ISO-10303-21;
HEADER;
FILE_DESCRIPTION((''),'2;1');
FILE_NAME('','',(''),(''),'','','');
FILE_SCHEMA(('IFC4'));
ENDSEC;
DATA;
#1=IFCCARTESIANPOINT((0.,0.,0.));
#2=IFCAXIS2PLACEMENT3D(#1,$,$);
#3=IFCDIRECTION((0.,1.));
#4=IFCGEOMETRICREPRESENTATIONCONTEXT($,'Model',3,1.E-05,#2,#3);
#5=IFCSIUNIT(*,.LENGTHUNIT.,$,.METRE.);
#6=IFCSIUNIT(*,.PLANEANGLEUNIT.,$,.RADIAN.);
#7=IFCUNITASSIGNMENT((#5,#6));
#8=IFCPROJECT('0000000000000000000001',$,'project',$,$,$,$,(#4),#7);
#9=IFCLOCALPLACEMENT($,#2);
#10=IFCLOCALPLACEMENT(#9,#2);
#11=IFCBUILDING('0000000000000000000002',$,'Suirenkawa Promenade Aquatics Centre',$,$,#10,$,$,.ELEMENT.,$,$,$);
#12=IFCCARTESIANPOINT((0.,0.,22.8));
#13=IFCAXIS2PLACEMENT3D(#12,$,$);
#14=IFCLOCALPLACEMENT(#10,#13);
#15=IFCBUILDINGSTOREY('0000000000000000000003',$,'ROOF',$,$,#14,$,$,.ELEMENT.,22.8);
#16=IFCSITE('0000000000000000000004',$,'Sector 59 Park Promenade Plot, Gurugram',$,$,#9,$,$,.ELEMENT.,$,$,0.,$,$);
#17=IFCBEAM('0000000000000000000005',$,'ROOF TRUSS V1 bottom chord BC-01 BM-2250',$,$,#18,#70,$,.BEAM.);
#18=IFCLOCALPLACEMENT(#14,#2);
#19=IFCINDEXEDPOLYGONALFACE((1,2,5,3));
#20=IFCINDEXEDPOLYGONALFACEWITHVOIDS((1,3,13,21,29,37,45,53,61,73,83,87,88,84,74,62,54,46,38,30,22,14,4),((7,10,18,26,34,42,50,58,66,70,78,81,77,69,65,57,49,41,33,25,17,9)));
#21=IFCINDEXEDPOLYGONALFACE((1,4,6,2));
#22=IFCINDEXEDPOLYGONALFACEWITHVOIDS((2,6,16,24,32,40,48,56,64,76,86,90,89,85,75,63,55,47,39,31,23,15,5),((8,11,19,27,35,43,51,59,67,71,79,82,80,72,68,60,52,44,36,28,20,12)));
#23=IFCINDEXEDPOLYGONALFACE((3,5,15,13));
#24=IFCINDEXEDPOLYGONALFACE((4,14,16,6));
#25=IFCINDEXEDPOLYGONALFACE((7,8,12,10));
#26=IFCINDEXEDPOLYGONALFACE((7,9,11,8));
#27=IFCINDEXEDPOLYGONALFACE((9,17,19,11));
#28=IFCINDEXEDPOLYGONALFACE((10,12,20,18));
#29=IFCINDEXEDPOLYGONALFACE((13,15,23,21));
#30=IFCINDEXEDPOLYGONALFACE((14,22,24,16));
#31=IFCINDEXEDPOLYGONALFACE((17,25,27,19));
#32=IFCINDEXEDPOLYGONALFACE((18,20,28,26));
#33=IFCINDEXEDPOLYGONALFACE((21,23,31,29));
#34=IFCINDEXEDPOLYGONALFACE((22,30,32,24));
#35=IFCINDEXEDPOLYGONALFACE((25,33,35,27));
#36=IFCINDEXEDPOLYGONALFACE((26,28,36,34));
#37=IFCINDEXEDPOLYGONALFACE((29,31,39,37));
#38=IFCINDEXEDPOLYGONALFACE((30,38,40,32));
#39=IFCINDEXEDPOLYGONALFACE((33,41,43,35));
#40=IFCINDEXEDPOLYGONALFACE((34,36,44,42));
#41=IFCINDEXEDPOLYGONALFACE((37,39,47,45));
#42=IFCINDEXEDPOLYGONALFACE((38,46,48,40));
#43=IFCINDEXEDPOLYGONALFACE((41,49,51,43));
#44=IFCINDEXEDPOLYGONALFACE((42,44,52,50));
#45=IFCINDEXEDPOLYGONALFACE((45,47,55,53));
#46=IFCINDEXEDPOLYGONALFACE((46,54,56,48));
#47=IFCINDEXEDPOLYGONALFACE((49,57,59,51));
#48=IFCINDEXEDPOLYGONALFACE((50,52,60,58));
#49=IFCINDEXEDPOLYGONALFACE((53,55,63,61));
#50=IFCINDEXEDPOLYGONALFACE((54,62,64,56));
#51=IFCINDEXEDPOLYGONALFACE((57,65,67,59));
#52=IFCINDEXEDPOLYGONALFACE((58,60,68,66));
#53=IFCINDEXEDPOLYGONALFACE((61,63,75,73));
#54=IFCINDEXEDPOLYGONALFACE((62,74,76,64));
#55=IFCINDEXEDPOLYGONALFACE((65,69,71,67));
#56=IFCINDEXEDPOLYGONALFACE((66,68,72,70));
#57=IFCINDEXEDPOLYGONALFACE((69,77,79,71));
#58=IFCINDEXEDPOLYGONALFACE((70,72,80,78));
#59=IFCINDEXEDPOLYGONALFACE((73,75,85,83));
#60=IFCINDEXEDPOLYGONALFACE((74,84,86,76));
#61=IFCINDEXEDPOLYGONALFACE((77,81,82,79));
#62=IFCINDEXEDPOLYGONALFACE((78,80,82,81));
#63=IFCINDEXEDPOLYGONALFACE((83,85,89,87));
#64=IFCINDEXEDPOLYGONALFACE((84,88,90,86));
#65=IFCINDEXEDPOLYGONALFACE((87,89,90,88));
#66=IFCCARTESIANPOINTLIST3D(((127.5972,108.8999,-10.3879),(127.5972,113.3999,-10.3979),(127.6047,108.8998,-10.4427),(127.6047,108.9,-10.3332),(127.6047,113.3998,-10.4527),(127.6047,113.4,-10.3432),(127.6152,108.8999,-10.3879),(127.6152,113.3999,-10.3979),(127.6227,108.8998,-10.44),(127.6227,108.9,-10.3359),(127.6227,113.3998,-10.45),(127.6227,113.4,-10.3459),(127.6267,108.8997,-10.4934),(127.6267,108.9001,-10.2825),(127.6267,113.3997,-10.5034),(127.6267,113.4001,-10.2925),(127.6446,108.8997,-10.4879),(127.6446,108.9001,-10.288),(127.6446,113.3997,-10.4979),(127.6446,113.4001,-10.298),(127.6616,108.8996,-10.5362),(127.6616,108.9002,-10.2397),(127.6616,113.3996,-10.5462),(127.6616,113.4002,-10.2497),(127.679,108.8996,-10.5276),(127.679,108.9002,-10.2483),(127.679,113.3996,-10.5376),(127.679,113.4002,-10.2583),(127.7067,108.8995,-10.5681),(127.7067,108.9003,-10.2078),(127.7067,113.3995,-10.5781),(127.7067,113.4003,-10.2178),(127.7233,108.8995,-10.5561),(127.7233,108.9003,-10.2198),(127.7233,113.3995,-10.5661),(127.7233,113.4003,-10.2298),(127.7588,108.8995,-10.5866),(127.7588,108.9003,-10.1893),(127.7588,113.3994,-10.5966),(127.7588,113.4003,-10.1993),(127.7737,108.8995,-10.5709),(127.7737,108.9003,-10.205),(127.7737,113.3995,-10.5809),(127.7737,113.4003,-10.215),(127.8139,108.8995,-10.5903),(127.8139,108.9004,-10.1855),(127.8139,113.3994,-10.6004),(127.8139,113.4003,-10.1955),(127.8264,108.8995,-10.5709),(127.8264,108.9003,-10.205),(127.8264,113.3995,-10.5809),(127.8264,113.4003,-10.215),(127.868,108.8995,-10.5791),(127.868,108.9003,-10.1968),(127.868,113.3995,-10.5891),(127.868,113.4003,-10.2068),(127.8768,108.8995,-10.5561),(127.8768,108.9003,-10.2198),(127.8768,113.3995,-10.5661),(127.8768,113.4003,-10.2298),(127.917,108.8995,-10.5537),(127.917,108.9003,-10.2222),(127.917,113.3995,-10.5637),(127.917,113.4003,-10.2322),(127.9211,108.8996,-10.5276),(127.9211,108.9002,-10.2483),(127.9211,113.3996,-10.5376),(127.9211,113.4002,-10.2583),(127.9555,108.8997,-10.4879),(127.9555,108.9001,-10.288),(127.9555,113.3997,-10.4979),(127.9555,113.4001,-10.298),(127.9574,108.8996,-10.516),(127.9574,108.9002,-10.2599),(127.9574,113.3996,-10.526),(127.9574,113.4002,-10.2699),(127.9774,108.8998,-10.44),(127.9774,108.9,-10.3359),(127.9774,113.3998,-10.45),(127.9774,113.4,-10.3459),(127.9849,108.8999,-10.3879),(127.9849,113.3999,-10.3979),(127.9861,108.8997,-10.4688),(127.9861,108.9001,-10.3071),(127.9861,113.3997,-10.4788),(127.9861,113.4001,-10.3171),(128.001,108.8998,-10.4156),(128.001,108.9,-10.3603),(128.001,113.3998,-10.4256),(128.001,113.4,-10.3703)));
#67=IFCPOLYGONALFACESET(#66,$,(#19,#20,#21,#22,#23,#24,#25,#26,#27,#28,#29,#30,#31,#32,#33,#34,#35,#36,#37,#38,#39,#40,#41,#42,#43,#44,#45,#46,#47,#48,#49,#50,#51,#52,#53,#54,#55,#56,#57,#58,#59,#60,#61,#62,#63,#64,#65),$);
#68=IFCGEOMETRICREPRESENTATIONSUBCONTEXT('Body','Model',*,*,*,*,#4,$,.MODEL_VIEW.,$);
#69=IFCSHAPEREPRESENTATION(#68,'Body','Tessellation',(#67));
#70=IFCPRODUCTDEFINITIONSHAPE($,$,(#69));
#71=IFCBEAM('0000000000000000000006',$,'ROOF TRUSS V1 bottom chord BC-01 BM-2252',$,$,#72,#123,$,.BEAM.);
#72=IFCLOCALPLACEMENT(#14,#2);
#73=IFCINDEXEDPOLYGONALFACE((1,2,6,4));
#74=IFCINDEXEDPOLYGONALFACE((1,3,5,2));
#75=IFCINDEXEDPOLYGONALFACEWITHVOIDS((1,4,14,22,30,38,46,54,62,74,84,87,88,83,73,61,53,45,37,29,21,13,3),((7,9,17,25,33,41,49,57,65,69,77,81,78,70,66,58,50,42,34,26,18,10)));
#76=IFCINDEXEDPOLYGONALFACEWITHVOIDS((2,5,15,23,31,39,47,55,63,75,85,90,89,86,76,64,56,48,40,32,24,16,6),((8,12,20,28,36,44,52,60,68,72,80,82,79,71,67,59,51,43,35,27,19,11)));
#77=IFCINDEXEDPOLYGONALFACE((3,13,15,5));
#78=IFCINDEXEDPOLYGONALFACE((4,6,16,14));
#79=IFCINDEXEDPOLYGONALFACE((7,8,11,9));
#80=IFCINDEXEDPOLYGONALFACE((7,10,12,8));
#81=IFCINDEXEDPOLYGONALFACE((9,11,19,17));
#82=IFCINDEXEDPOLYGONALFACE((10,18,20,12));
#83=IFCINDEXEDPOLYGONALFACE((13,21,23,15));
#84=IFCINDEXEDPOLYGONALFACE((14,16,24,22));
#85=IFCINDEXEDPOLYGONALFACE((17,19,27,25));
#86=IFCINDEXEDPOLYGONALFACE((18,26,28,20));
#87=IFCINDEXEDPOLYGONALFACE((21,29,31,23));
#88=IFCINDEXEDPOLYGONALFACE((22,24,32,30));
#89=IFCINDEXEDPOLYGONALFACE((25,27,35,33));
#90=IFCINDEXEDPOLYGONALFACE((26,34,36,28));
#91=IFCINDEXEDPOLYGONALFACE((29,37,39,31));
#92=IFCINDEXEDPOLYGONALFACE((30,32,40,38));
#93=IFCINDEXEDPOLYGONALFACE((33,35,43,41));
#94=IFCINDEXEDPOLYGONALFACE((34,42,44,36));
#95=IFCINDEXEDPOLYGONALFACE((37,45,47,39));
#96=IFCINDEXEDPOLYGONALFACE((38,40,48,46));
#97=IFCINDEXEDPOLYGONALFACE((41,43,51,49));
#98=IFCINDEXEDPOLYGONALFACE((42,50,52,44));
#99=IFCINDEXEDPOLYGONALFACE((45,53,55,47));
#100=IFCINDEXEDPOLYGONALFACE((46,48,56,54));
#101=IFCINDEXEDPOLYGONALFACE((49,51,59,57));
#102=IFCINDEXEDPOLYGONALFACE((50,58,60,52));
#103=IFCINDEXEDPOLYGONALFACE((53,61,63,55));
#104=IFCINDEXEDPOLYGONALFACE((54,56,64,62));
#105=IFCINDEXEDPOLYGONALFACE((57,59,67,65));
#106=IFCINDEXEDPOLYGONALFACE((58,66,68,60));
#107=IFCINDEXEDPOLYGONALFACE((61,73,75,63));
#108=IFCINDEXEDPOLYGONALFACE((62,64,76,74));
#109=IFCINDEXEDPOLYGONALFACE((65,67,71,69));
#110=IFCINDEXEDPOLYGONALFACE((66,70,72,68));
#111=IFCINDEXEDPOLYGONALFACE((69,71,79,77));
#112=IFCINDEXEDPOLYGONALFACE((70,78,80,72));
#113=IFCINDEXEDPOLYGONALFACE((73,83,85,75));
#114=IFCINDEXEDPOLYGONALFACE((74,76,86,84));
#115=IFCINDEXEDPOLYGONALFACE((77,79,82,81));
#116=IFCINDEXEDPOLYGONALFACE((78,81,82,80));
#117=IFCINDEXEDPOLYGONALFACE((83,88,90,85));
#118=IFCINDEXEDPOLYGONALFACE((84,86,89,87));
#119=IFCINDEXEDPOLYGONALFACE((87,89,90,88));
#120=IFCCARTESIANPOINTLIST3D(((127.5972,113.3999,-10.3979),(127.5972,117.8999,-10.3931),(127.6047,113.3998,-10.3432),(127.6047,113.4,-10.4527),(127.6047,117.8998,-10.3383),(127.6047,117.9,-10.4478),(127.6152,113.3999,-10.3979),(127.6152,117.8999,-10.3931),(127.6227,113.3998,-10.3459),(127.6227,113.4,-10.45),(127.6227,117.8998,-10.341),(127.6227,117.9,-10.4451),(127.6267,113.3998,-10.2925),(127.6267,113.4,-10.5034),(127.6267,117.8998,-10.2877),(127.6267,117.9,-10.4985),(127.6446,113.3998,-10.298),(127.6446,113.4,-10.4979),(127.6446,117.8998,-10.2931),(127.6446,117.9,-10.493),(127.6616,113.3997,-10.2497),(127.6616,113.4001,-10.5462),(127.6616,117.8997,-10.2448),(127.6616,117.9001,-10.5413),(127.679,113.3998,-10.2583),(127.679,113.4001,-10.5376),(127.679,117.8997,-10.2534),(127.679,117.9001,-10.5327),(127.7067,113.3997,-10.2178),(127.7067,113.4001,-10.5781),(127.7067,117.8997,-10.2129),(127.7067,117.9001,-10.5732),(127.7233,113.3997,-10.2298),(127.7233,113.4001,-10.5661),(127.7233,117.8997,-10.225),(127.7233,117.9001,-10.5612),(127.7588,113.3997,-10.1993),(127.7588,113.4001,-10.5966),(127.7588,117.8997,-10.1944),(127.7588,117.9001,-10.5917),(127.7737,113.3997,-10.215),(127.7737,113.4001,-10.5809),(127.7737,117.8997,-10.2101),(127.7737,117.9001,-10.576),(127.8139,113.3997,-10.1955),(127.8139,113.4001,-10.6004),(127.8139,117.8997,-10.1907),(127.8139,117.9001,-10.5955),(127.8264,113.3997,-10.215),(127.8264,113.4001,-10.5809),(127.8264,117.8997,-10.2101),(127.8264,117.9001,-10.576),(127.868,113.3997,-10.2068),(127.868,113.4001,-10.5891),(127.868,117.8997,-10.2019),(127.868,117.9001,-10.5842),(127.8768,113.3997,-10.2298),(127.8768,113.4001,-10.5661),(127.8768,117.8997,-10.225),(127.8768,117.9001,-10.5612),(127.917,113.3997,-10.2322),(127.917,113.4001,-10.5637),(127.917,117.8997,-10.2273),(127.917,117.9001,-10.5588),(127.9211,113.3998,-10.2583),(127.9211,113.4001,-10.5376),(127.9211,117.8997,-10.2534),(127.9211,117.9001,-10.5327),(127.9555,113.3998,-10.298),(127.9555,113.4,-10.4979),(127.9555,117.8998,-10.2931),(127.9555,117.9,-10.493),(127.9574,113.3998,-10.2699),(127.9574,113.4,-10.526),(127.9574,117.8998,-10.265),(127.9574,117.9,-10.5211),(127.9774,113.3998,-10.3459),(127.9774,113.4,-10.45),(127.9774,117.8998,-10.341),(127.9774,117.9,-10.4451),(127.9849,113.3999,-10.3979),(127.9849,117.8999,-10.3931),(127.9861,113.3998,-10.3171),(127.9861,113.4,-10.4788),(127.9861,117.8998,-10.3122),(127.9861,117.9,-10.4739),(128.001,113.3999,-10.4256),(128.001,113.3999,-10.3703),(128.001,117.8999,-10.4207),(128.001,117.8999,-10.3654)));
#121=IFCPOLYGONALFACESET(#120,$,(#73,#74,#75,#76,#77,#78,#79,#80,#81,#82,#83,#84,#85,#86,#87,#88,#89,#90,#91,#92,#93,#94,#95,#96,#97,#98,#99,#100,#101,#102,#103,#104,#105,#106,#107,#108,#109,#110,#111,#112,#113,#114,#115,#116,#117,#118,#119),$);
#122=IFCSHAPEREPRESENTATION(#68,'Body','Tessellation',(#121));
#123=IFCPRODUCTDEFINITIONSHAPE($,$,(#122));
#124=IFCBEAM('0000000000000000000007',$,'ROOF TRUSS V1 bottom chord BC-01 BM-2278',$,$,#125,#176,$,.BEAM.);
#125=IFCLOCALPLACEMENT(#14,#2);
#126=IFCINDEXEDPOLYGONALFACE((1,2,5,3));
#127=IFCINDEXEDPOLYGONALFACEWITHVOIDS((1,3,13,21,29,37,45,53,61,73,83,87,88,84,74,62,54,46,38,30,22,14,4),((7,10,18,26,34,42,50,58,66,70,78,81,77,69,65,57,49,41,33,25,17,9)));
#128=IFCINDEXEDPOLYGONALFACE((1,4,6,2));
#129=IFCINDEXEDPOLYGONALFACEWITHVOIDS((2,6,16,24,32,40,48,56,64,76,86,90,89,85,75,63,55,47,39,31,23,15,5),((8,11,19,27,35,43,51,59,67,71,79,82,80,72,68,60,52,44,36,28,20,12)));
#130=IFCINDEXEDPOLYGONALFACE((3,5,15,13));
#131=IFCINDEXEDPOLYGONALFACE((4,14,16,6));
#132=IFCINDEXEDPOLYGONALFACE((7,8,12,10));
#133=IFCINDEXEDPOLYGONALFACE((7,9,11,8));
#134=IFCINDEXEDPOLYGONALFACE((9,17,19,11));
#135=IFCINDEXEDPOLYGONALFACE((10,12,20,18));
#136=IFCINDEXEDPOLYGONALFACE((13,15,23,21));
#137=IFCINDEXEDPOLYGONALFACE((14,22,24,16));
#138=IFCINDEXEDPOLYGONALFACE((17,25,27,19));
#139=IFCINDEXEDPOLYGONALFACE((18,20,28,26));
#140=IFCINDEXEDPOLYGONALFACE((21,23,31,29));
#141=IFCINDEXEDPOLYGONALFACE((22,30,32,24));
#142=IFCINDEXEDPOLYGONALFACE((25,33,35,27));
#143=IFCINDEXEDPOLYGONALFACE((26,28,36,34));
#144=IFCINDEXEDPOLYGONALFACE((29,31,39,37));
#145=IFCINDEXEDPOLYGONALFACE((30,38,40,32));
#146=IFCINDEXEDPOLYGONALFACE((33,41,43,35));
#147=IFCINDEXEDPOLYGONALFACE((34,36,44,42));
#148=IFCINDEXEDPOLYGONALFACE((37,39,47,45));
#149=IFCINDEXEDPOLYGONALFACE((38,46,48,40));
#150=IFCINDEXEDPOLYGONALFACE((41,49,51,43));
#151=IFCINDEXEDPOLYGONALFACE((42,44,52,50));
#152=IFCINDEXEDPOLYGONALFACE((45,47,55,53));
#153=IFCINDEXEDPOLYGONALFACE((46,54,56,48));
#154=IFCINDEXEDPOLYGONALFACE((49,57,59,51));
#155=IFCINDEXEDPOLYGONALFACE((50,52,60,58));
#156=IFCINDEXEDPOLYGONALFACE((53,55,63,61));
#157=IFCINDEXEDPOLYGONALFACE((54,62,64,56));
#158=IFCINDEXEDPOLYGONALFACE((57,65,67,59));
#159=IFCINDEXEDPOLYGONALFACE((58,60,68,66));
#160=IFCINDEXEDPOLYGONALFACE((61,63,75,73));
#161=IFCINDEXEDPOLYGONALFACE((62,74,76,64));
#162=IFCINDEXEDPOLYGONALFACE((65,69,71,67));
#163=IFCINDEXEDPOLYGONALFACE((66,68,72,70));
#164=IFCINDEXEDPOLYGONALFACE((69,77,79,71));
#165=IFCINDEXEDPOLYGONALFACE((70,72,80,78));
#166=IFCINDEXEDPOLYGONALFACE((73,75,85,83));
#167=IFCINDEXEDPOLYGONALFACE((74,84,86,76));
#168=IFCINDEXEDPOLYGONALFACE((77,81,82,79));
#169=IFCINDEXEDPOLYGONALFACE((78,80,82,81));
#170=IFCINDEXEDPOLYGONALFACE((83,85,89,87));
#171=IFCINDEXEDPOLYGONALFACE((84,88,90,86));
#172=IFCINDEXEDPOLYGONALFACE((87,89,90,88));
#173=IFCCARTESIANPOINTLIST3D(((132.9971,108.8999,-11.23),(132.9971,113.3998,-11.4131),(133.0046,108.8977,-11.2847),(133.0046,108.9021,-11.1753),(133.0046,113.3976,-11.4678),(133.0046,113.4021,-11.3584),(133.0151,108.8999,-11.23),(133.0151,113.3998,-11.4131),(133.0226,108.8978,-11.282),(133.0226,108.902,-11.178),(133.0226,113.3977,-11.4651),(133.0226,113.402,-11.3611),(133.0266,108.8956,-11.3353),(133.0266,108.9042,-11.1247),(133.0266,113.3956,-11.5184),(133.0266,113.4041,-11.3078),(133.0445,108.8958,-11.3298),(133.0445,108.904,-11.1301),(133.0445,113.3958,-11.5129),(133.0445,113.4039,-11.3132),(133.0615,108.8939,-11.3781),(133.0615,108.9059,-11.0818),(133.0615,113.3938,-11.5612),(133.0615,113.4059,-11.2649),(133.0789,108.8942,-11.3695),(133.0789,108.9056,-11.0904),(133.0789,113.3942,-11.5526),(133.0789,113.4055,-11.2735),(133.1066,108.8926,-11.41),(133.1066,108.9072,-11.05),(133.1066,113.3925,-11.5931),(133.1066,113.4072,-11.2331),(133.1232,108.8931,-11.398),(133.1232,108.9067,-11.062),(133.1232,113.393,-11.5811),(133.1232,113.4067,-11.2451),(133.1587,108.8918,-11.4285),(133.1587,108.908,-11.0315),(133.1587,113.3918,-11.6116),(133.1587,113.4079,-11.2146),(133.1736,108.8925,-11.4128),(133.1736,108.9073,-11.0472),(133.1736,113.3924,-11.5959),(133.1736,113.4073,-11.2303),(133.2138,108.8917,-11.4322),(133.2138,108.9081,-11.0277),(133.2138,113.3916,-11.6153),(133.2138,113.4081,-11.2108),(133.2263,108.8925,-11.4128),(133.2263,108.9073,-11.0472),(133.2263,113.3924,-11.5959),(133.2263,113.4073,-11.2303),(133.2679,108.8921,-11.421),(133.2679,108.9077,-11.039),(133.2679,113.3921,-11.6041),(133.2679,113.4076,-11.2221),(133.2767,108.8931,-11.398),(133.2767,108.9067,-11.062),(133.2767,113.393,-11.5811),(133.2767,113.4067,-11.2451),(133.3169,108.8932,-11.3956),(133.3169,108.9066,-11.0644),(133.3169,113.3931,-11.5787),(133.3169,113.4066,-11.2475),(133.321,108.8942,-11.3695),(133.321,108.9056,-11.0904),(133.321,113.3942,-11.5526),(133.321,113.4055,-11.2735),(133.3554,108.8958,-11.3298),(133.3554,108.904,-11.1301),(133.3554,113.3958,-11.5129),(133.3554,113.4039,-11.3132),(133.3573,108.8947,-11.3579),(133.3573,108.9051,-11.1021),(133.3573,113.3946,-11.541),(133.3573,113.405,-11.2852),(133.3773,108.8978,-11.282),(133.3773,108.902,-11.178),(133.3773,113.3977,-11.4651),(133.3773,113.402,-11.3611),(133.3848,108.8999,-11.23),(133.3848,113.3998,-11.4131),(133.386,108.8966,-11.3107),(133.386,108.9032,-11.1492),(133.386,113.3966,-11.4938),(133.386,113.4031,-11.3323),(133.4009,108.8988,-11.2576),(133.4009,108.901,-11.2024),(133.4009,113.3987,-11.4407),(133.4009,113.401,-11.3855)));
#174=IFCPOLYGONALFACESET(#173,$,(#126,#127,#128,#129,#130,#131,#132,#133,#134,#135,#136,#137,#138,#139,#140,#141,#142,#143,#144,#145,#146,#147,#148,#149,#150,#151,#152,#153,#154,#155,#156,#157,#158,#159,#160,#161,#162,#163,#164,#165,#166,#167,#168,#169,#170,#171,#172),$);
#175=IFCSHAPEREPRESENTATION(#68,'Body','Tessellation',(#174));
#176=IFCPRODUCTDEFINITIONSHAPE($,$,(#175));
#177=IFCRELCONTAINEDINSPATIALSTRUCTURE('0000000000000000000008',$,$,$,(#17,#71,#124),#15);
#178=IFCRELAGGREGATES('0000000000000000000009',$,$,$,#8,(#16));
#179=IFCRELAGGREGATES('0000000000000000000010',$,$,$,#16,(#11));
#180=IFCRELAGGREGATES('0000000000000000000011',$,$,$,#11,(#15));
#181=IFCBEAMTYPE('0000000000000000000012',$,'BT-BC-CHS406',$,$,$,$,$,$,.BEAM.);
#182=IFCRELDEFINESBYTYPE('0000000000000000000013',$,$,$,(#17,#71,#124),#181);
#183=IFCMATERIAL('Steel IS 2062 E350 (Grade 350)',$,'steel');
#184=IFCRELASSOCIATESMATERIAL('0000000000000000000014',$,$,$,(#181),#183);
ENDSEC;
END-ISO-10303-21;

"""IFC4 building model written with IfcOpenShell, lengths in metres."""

from ifc_helpers import new_model, si_unit, direction, frame, origin, origin_2d, place, context, subcontext, project, spatial, hollow_circle, extrude, material, material_profile, profile_set, type_object, element, save


model = new_model("IFC4")

# Units and contexts
model_context = context("Model", 3, precision=1e-05, world=origin(), true_north=direction((0.0, 1.0)))
body_context = subcontext(model_context, "Body", "Model", "MODEL_VIEW")
ifc_project = project(units=[si_unit("LENGTHUNIT", "METRE"), si_unit("PLANEANGLEUNIT", "RADIAN")], contexts=[model_context])

# Site, building, storey
site_placement = place(None, origin())
site = spatial("IfcSite", under=ifc_project, at=site_placement, Name="Sector 59 Park Promenade Plot, Gurugram", CompositionType="ELEMENT", RefElevation=0.0)
building_placement = place(site_placement, origin())
building = spatial("IfcBuilding", under=site, at=building_placement, Name="Suirenkawa Promenade Aquatics Centre", CompositionType="ELEMENT")
storey_placement = place(building_placement, frame((0.0, 0.0, 22.8)))
storey = spatial("IfcBuildingStorey", under=building, at=storey_placement, Name="ROOF", CompositionType="ELEMENT", Elevation=22.8)

# Beams
ifc_material = material(Name="Steel IS 2062 E350 (Grade 350)", Category="steel")
ifc_material_profile_1 = material_profile(ifc_material, hollow_circle(Radius=0.2029, WallThickness=0.0181, at=origin_2d()), Name="CHS 406x18", Category="steel")
ifc_profile_set_1 = profile_set([ifc_material_profile_1], Name="Steel IS 2062 E350 (Grade 350)")
beam_type_1 = type_object("IfcBeamType", Name="BT-BC-CHS406", PredefinedType="BEAM", material=ifc_profile_set_1)
for number, where, z_axis, x_axis, name in (
    (1, (127.8, 108.8999, -10.3879), (0.0, 0.999998, -0.002224), (-1.0, 0.0, 0.0), "ROOF TRUSS V1 bottom chord BC-01 BM-2250"),
    (2, (127.8, 113.3999, -10.3979), (0.0, 0.999999, 0.001085), (-1.0, 0.0, 0.0), "ROOF TRUSS V1 bottom chord BC-01 BM-2252"),
):
    element("IfcBeam", number, at=place(storey_placement, frame(where, z_axis=z_axis, x_axis=x_axis)), inside=storey, type_object=beam_type_1, Name=name, PredefinedType="BEAM", context=body_context, shape_type="SweptSolid", body=[
        extrude(hollow_circle(Radius=0.2029, WallThickness=0.0181, at=origin_2d()), origin(), (0.0, 0.0, 1.0), 4.5),
    ])
for number, where, z_axis, x_axis, name in (
    (3, (133.2, 108.8999, -11.23), (0.0, 0.999173, -0.040656), (-1.0, 0.0, 0.0), "ROOF TRUSS V1 bottom chord BC-01 BM-2278"),
):
    element("IfcBeam", number, at=place(storey_placement, frame(where, z_axis=z_axis, x_axis=x_axis)), inside=storey, type_object=beam_type_1, Name=name, PredefinedType="BEAM", context=body_context, shape_type="SweptSolid", body=[
        extrude(hollow_circle(Radius=0.2029, WallThickness=0.0181, at=origin_2d()), origin(), (0.0, 0.0, 1.0), 4.5037),
    ])

save(model, "model.ifc")
